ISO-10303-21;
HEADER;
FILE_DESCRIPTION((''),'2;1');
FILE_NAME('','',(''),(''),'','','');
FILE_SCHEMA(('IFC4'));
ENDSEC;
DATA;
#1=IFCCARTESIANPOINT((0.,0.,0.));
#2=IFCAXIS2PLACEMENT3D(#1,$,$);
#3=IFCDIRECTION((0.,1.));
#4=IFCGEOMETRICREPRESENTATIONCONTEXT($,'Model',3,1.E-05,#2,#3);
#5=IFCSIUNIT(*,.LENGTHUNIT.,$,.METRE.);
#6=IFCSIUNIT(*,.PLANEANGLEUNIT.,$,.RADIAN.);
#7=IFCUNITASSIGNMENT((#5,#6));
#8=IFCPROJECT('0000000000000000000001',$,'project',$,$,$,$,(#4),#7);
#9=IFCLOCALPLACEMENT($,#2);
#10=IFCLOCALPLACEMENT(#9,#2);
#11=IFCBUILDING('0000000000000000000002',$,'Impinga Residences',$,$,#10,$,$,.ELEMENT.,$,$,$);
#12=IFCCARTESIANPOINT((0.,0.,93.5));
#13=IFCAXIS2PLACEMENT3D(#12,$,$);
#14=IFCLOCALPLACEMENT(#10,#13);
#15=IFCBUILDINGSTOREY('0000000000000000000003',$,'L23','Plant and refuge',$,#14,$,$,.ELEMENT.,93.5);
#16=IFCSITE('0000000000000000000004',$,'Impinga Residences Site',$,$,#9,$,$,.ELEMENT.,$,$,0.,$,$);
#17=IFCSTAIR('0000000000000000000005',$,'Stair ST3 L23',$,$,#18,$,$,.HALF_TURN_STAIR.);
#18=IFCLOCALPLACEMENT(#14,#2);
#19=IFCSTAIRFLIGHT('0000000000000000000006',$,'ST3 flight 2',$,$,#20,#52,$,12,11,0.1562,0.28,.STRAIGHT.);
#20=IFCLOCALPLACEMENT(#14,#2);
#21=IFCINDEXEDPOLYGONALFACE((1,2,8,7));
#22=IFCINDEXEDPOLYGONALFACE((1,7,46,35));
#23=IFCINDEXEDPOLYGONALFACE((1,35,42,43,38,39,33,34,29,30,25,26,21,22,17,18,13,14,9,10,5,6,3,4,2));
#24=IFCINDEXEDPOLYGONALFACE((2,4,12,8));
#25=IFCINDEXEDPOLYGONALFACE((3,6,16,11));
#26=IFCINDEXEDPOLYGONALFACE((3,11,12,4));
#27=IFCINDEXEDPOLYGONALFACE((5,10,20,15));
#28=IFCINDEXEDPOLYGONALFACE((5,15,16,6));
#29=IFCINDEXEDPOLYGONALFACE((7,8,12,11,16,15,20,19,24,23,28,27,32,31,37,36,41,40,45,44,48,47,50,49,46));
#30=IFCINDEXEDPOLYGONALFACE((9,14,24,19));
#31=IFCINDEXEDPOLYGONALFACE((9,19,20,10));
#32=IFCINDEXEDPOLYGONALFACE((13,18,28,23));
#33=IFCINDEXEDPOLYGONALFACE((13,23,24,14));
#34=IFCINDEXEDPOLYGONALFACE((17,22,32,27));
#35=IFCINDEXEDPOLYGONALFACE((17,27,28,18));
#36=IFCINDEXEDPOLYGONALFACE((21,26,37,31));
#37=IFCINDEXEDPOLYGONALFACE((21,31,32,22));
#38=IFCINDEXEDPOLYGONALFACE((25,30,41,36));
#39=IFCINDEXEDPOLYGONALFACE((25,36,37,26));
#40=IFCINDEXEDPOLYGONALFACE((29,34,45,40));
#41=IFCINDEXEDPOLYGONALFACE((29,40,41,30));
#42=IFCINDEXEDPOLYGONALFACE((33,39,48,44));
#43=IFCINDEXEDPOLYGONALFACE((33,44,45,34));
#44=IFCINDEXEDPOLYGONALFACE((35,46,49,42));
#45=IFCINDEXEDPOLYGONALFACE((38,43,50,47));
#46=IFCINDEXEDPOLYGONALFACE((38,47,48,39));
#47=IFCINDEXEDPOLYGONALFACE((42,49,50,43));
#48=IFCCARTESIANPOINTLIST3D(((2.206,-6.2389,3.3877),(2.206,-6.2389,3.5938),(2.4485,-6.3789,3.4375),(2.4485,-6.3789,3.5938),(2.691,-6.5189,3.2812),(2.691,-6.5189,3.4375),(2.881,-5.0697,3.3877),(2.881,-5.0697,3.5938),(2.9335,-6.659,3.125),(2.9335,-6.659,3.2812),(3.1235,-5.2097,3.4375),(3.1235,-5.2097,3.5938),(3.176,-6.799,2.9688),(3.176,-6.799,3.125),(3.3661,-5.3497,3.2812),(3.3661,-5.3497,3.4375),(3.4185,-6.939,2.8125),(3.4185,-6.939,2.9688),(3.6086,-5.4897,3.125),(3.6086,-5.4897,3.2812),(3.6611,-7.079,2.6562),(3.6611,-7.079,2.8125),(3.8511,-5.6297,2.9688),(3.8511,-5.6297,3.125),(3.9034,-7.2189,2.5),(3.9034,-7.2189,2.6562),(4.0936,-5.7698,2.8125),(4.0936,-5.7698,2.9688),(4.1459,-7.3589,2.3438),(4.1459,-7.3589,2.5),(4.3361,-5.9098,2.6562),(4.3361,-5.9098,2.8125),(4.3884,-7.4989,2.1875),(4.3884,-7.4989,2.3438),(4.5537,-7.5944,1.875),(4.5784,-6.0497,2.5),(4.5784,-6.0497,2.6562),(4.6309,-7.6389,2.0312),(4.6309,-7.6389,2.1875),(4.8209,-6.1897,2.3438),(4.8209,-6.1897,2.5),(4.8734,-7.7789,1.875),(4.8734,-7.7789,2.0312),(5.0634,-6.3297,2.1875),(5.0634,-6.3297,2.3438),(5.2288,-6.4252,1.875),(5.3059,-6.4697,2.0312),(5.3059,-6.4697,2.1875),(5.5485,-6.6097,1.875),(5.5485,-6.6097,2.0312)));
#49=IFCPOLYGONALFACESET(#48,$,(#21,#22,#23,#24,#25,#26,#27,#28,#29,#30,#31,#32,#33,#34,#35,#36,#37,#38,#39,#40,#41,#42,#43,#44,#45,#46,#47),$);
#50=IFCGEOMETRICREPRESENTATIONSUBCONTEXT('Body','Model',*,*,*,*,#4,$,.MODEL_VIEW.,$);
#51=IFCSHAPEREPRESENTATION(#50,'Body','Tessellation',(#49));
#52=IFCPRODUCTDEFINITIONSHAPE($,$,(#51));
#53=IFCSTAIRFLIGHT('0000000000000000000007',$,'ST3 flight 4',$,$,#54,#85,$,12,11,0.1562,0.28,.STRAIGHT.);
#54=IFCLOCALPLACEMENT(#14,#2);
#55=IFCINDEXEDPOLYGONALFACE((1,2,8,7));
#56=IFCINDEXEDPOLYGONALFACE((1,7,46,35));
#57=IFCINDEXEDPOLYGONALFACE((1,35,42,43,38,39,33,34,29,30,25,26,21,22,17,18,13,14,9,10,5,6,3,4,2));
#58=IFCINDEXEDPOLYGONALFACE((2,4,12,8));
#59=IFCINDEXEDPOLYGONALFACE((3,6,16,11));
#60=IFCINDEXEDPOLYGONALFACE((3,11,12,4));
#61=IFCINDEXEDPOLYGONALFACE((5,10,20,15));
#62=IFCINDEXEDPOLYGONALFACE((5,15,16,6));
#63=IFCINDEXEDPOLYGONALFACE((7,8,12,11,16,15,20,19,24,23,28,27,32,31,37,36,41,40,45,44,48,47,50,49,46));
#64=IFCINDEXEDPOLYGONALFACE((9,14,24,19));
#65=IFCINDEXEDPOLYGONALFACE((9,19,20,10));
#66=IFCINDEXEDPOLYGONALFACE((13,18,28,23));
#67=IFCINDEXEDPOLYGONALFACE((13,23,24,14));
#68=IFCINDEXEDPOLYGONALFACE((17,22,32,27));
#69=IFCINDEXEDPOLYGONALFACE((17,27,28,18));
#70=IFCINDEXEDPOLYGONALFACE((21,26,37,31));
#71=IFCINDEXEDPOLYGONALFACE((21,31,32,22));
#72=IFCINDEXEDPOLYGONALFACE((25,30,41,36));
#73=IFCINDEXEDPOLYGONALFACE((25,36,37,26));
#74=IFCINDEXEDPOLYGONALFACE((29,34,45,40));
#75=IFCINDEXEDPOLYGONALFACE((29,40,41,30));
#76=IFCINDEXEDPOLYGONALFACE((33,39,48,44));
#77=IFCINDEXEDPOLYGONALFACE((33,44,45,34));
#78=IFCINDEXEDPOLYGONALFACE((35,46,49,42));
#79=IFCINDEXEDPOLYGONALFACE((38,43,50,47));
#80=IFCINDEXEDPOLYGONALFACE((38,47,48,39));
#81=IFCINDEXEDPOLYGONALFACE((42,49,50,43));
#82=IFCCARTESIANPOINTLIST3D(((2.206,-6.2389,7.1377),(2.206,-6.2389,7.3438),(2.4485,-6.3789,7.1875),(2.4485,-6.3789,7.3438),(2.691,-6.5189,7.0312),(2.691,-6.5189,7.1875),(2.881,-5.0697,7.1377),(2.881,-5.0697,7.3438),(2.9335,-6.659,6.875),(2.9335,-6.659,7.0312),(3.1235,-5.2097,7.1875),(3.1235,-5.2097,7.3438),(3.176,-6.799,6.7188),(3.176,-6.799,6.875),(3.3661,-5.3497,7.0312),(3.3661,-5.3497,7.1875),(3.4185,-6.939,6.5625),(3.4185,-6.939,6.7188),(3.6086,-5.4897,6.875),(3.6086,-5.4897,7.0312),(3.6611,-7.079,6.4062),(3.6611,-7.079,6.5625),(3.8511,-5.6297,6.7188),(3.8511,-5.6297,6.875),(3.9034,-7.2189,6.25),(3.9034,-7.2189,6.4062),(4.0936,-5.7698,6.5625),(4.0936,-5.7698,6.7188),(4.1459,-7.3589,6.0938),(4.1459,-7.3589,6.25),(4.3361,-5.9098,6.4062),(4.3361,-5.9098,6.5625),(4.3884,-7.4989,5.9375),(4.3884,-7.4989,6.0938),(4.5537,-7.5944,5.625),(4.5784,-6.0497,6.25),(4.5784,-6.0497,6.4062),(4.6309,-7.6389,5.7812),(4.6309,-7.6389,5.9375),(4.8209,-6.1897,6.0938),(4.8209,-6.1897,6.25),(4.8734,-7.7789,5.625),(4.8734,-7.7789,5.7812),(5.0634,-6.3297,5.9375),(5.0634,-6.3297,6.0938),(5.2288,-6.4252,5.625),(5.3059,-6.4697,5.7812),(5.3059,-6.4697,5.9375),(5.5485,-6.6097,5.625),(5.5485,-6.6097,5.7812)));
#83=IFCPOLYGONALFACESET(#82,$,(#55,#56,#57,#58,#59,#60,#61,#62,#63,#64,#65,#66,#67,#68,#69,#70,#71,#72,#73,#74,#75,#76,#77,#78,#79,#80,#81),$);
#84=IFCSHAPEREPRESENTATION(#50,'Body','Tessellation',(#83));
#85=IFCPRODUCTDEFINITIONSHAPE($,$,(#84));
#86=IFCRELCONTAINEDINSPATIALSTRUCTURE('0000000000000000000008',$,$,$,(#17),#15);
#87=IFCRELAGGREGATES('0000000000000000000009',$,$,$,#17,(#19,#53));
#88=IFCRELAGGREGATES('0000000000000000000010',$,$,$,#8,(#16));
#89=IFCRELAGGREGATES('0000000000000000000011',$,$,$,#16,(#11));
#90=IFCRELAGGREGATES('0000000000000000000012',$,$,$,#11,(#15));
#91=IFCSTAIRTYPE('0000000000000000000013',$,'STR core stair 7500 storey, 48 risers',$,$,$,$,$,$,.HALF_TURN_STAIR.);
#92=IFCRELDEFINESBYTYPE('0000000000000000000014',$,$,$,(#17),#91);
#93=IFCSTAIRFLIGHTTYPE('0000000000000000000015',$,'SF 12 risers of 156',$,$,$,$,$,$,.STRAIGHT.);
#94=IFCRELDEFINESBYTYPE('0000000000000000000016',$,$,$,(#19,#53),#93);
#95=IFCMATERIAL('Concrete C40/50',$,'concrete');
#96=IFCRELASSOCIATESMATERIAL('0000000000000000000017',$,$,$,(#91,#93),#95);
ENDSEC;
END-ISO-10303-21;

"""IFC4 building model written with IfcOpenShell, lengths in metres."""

from ifc_helpers import new_model, si_unit, direction, frame, origin, place, context, subcontext, project, spatial, polyline, outline, extrude, material, type_object, element, aggregate, save


model = new_model("IFC4")

# Units and contexts
model_context = context("Model", 3, precision=1e-05, world=origin(), true_north=direction((0.0, 1.0)))
body_context = subcontext(model_context, "Body", "Model", "MODEL_VIEW")
ifc_project = project(units=[si_unit("LENGTHUNIT", "METRE"), si_unit("PLANEANGLEUNIT", "RADIAN")], contexts=[model_context])

# Site, building, storey
site_placement = place(None, origin())
site = spatial("IfcSite", under=ifc_project, at=site_placement, Name="Impinga Residences Site", CompositionType="ELEMENT", RefElevation=0.0)
building_placement = place(site_placement, origin())
building = spatial("IfcBuilding", under=site, at=building_placement, Name="Impinga Residences", CompositionType="ELEMENT")
storey_placement = place(building_placement, frame((0.0, 0.0, 93.5)))
storey = spatial("IfcBuildingStorey", under=building, at=storey_placement, Name="L23", Description="Plant and refuge", CompositionType="ELEMENT", Elevation=93.5)

# Stair, stair flights
ifc_material_1 = material(Name="Concrete C40/50", Category="concrete")
stair_type = type_object("IfcStairType", Name="STR core stair 7500 storey, 48 risers", PredefinedType="HALF_TURN_STAIR", material=ifc_material_1)
stair_placement = place(storey_placement, origin())
stair = element("IfcStair", 1, at=stair_placement, inside=storey, type_object=stair_type, Name="Stair ST3 L23", PredefinedType="HALF_TURN_STAIR")
stair_flight_type = type_object("IfcStairFlightType", Name="SF 12 risers of 156", PredefinedType="STRAIGHT", material=ifc_material_1)
stair_flight_1_placement = place(storey_placement, frame((5.2109, -7.1943, 1.875), z_axis=(0.0, 0.0, 1.0), x_axis=(-0.866025, 0.5, 0.0)))
stair_flight_1 = element("IfcStairFlight", 2, at=stair_flight_1_placement, type_object=stair_flight_type, Name="ST3 flight 2", NumberOfRisers=12, NumberOfTreads=11, PredefinedType="STRAIGHT", RiserHeight=0.1562, TreadLength=0.28, context=body_context, shape_type="SweptSolid", body=[
    extrude(outline(polyline([(0.0, 0.0), (0.0, 0.1562), (0.28, 0.1562), (0.28, 0.3125), (0.5601, 0.3125), (0.5601, 0.4688), (0.8401, 0.4688), (0.8401, 0.625), (1.1201, 0.625), (1.1201, 0.7812), (1.3999, 0.7812), (1.3999, 0.9375), (1.6799, 0.9375), (1.6799, 1.0938), (1.96, 1.0938), (1.96, 1.25), (2.24, 1.25), (2.24, 1.4062), (2.52, 1.4062), (2.52, 1.5625), (2.8, 1.5625), (2.8, 1.7188), (3.0801, 1.7188), (3.0801, 1.875), (3.0801, 1.5127), (0.3691, 0.0), (0.0, 0.0)])), frame((0.0, 0.675, 0.0), z_axis=(0.0, -1.0, 0.0), x_axis=(1.0, 0.0, 0.0)), (0.0, 0.0, 1.0), 1.3501),
])
stair_flight_2_placement = place(storey_placement, frame((5.2109, -7.1943, 5.625), z_axis=(0.0, 0.0, 1.0), x_axis=(-0.866025, 0.5, 0.0)))
stair_flight_2 = element("IfcStairFlight", 3, at=stair_flight_2_placement, type_object=stair_flight_type, Name="ST3 flight 4", NumberOfRisers=12, NumberOfTreads=11, PredefinedType="STRAIGHT", RiserHeight=0.1562, TreadLength=0.28, context=body_context, shape_type="SweptSolid", body=[
    extrude(outline(polyline([(0.0, 0.0), (0.0, 0.1562), (0.28, 0.1562), (0.28, 0.3125), (0.5601, 0.3125), (0.5601, 0.4688), (0.8401, 0.4688), (0.8401, 0.625), (1.1201, 0.625), (1.1201, 0.7812), (1.3999, 0.7812), (1.3999, 0.9375), (1.6799, 0.9375), (1.6799, 1.0938), (1.96, 1.0938), (1.96, 1.25), (2.24, 1.25), (2.24, 1.4062), (2.52, 1.4062), (2.52, 1.5625), (2.8, 1.5625), (2.8, 1.7188), (3.0801, 1.7188), (3.0801, 1.875), (3.0801, 1.5127), (0.3691, 0.0), (0.0, 0.0)])), frame((0.0, 0.675, 0.0), z_axis=(0.0, -1.0, 0.0), x_axis=(1.0, 0.0, 0.0)), (0.0, 0.0, 1.0), 1.3501),
])
aggregate(stair, [stair_flight_1, stair_flight_2])

save(model, "model.ifc")
